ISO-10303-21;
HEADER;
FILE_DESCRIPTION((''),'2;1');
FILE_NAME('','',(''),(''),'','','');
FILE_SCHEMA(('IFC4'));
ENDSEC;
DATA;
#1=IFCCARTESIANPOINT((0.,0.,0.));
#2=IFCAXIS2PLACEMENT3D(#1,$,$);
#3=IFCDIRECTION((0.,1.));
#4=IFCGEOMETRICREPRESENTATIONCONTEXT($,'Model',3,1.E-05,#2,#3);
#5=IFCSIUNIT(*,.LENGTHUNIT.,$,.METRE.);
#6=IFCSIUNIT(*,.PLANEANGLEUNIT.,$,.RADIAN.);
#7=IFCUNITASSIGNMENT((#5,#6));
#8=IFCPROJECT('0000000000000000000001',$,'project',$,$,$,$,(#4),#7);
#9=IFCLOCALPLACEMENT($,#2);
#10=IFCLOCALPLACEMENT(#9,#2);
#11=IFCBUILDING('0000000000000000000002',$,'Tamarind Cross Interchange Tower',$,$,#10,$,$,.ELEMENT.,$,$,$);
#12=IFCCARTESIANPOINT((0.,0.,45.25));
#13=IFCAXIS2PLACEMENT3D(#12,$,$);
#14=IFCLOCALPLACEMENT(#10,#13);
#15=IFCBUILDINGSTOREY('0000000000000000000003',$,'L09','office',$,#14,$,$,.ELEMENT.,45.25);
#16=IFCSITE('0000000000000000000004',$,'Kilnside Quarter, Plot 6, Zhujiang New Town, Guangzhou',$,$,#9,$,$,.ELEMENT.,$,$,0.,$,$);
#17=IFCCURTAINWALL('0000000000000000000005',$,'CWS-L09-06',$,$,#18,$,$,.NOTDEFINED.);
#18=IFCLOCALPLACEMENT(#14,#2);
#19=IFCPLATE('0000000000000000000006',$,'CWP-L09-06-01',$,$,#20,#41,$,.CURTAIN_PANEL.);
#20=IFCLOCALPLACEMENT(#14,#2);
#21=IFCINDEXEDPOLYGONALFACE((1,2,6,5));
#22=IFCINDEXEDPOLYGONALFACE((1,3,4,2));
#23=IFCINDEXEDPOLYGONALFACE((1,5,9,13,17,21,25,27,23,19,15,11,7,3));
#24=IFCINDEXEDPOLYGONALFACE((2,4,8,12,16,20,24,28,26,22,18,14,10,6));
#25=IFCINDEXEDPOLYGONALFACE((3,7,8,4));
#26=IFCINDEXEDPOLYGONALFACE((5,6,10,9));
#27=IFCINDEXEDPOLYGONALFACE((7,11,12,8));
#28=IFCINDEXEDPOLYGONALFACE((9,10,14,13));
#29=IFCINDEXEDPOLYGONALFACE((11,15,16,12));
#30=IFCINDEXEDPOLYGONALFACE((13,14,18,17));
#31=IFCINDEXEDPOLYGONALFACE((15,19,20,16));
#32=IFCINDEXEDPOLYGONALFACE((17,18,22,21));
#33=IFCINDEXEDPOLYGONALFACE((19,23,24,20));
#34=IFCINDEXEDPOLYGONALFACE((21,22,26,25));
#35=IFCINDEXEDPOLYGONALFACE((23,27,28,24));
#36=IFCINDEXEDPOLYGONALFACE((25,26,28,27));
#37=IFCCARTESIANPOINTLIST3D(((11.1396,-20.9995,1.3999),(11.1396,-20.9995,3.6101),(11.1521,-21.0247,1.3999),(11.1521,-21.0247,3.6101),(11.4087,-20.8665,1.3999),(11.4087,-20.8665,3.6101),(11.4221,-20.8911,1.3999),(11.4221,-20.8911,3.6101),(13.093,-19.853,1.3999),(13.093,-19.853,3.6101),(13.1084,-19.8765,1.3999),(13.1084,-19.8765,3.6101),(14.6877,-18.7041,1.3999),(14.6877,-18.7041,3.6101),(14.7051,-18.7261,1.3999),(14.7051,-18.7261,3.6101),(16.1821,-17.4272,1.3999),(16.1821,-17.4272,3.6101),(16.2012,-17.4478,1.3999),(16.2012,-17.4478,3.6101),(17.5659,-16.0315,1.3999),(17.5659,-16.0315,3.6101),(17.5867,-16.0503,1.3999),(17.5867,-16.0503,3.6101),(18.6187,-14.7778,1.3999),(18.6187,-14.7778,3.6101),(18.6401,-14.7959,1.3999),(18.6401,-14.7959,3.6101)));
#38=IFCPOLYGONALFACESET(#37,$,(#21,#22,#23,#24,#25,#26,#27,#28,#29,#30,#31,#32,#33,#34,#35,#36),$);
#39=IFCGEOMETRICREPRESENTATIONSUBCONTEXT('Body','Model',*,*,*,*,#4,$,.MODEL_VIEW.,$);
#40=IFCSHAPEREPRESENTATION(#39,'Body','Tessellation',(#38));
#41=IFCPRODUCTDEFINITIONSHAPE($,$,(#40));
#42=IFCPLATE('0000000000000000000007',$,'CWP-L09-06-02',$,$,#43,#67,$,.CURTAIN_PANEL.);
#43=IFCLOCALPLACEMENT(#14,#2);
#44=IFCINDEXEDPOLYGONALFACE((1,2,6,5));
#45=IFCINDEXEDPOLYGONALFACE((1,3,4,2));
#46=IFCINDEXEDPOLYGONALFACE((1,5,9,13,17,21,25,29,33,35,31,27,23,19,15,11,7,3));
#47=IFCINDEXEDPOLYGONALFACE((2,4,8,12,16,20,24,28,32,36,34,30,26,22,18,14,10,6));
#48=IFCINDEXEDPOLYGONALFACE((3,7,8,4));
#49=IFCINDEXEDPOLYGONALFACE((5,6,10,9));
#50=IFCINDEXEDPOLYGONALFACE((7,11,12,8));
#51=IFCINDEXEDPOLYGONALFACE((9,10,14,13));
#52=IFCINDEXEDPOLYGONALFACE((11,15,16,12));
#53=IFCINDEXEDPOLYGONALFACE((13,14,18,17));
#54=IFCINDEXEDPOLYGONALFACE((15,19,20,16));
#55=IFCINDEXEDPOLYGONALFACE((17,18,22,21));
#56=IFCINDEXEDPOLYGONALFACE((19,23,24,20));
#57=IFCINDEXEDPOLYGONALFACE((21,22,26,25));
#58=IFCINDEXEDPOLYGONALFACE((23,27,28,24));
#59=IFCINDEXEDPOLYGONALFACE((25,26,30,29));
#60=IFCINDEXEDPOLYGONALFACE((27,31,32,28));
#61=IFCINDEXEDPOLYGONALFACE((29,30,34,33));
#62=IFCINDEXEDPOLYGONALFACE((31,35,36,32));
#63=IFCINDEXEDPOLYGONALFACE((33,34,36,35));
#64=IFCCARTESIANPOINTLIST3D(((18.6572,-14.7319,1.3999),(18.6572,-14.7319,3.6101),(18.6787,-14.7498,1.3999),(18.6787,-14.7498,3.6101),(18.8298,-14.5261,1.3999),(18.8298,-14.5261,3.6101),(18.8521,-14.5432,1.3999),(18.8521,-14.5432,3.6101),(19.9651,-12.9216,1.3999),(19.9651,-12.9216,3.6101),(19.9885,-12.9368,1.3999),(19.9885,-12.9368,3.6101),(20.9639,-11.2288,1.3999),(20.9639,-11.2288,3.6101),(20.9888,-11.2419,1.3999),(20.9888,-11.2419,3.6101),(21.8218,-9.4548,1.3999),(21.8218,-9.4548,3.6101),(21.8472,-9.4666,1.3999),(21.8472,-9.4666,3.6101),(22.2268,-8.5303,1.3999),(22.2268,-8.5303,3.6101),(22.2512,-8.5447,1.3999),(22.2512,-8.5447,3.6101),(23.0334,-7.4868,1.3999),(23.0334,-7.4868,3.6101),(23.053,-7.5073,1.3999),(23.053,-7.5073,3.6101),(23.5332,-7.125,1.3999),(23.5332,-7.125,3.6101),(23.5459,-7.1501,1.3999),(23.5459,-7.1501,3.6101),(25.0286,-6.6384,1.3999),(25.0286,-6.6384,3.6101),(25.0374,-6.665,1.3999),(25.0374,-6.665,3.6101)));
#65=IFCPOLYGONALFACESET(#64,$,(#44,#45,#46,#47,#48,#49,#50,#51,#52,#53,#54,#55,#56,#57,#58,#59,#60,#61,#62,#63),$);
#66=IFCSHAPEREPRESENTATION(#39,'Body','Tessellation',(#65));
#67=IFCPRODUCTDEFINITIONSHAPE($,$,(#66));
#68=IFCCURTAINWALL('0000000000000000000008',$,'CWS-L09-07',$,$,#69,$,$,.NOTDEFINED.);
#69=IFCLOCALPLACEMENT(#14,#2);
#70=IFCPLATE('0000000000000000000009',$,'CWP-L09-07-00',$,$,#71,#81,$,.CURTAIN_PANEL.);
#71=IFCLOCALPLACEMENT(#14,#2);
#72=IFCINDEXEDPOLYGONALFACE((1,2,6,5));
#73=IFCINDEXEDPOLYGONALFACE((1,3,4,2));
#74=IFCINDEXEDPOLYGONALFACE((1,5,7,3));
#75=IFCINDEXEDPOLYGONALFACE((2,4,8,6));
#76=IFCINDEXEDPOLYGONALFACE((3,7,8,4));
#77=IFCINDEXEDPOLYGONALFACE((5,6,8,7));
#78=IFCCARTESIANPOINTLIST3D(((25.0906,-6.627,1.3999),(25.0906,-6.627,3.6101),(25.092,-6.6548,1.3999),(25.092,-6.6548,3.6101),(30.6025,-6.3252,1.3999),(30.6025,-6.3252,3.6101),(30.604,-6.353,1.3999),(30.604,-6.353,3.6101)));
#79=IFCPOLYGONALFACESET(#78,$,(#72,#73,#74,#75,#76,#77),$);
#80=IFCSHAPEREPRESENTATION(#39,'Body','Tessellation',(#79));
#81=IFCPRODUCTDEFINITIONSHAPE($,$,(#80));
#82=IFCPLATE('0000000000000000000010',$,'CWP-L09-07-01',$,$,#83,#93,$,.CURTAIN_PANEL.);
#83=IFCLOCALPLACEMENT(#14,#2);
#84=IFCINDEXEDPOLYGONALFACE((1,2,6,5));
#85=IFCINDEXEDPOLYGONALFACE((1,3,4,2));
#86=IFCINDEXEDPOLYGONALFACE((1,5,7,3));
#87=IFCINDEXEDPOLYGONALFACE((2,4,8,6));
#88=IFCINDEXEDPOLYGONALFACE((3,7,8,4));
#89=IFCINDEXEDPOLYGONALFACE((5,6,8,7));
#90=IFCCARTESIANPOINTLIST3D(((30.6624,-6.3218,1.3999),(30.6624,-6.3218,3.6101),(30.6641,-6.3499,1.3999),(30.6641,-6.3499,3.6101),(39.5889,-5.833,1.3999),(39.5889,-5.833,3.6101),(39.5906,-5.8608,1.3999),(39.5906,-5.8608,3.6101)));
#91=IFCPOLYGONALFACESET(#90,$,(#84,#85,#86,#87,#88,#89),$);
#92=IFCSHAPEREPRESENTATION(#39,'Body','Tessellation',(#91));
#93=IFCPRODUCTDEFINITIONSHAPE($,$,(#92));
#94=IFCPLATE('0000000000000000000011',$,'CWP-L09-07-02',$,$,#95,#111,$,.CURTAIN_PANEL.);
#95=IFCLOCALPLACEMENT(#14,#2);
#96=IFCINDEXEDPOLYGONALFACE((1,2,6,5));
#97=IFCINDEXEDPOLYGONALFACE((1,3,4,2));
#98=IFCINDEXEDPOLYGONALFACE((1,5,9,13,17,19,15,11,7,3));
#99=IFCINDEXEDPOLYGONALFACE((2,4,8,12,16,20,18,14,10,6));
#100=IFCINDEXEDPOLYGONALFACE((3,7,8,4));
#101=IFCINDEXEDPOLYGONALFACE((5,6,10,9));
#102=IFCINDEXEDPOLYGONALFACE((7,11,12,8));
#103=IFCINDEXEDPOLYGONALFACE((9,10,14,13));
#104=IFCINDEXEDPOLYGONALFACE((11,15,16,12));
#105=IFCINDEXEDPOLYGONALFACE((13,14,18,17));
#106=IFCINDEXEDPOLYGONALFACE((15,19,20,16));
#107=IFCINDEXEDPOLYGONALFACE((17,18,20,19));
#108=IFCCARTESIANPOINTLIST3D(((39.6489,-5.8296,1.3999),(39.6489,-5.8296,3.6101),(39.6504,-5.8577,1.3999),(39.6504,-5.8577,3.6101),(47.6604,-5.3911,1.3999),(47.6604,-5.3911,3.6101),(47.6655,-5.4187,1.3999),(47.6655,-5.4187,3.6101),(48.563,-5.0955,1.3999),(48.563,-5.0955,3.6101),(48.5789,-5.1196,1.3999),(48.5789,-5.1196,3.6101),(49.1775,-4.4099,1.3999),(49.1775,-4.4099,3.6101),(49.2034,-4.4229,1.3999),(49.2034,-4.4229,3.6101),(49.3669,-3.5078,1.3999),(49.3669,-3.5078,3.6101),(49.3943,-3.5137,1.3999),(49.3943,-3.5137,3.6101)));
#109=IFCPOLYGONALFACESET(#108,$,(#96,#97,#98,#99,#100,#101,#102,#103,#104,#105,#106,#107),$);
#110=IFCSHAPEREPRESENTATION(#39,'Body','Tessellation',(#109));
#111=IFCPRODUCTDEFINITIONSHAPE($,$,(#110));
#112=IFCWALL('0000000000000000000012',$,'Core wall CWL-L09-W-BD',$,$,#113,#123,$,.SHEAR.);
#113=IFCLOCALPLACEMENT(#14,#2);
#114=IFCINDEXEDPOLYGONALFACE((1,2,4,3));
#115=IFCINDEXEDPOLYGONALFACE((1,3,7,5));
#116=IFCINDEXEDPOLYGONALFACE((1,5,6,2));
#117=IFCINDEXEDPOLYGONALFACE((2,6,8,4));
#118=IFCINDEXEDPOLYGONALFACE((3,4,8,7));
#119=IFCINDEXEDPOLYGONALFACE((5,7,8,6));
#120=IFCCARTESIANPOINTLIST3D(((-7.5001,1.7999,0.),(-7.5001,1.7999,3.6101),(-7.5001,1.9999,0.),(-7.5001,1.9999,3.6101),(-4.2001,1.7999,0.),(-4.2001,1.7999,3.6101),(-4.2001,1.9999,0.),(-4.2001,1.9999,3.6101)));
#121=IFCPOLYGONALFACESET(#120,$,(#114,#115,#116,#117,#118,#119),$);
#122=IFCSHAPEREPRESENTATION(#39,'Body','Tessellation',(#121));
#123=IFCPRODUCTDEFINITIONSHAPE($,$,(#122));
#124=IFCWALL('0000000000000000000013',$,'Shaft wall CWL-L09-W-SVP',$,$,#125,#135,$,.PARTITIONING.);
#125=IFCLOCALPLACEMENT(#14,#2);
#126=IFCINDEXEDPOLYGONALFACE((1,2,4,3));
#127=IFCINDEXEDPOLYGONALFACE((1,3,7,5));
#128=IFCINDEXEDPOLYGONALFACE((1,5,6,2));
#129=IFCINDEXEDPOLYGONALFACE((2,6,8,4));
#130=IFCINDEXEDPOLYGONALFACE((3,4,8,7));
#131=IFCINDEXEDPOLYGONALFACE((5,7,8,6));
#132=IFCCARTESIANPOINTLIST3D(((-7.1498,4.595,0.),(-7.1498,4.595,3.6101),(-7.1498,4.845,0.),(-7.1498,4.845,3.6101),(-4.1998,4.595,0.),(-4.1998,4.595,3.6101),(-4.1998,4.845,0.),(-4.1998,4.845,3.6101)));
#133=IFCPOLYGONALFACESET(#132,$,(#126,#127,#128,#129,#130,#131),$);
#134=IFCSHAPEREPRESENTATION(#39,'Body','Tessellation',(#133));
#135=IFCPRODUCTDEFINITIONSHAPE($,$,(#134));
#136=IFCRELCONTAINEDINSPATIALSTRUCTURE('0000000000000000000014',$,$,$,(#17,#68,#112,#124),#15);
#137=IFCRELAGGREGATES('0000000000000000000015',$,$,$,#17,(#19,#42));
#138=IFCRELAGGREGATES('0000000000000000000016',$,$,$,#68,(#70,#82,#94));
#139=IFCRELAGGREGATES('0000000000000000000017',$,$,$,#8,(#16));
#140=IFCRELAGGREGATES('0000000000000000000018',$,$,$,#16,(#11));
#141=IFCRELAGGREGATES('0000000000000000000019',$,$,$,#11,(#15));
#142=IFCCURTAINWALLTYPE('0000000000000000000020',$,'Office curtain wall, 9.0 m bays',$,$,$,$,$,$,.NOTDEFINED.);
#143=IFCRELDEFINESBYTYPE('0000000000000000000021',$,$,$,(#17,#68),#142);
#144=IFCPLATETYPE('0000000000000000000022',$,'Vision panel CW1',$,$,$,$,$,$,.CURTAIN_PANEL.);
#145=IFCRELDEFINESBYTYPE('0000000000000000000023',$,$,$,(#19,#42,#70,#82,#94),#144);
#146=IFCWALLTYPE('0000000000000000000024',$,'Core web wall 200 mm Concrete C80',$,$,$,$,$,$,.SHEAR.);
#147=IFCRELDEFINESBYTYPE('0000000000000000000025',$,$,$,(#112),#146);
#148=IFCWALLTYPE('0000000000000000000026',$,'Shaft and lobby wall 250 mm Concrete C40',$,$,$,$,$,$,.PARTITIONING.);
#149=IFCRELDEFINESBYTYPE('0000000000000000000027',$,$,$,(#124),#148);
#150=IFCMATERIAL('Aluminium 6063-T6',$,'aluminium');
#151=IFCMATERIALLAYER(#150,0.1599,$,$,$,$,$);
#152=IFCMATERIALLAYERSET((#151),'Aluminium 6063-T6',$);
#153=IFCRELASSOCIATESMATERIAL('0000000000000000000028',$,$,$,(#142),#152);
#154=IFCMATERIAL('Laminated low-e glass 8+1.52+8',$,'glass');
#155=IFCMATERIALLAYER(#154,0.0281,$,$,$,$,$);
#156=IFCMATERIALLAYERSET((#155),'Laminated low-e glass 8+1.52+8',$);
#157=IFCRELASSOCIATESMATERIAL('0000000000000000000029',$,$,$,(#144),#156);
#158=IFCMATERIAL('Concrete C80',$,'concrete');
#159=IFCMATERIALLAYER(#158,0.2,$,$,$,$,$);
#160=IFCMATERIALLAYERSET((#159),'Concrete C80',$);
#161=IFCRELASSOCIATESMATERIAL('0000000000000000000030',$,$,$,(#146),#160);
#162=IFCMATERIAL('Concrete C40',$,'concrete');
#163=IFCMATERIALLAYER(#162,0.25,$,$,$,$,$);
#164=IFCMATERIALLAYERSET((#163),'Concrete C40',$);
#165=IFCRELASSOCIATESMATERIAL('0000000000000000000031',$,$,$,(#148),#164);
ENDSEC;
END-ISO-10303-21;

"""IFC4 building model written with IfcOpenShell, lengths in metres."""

from ifc_helpers import new_model, si_unit, direction, frame, frame_2d, origin, place, context, subcontext, project, spatial, polyline, rectangle, outline, extrude, material, layer, layer_set, type_object, element, aggregate, save


model = new_model("IFC4")

# Units and contexts
model_context = context("Model", 3, precision=1e-05, world=origin(), true_north=direction((0.0, 1.0)))
body_context = subcontext(model_context, "Body", "Model", "MODEL_VIEW")
ifc_project = project(units=[si_unit("LENGTHUNIT", "METRE"), si_unit("PLANEANGLEUNIT", "RADIAN")], contexts=[model_context])

# Site, building, storey
site_placement = place(None, origin())
site = spatial("IfcSite", under=ifc_project, at=site_placement, Name="Kilnside Quarter, Plot 6, Zhujiang New Town, Guangzhou", CompositionType="ELEMENT", RefElevation=0.0)
building_placement = place(site_placement, origin())
building = spatial("IfcBuilding", under=site, at=building_placement, Name="Tamarind Cross Interchange Tower", CompositionType="ELEMENT")
storey_placement = place(building_placement, frame((0.0, 0.0, 45.25)))
storey = spatial("IfcBuildingStorey", under=building, at=storey_placement, Name="L09", Description="office", CompositionType="ELEMENT", Elevation=45.25)

# Curtain wall
ifc_material_1 = material(Name="Aluminium 6063-T6", Category="aluminium")
ifc_layer_1 = layer(ifc_material_1, 0.1599)
ifc_layer_set_1 = layer_set([ifc_layer_1], Name="Aluminium 6063-T6")
curtain_wall_type = type_object("IfcCurtainWallType", Name="Office curtain wall, 9.0 m bays", PredefinedType="NOTDEFINED", material=ifc_layer_set_1)
curtain_wall_1_placement = place(storey_placement, origin())
curtain_wall_1 = element("IfcCurtainWall", 1, at=curtain_wall_1_placement, inside=storey, type_object=curtain_wall_type, Name="CWS-L09-06", PredefinedType="NOTDEFINED")

# Plates
ifc_material_2 = material(Name="Laminated low-e glass 8+1.52+8", Category="glass")
ifc_layer_2 = layer(ifc_material_2, 0.0281)
ifc_layer_set_2 = layer_set([ifc_layer_2], Name="Laminated low-e glass 8+1.52+8")
plate_type = type_object("IfcPlateType", Name="Vision panel CW1", PredefinedType="CURTAIN_PANEL", material=ifc_layer_set_2)
plate_1_placement = place(storey_placement, frame((0.0, 0.0, 1.3999)))
plate_1 = element("IfcPlate", 2, at=plate_1_placement, type_object=plate_type, Name="CWP-L09-06-01", PredefinedType="CURTAIN_PANEL", context=body_context, shape_type="SweptSolid", body=[
    extrude(outline(polyline([(11.1396, -20.9995), (11.4087, -20.8665), (13.093, -19.853), (14.6877, -18.7041), (16.1821, -17.4272), (17.5659, -16.0315), (18.6187, -14.7778), (18.6401, -14.7959), (17.5867, -16.0503), (16.2012, -17.4478), (14.7051, -18.7261), (13.1084, -19.8765), (11.4221, -20.8911), (11.1521, -21.0247), (11.1396, -20.9995)])), origin(), (0.0, 0.0, 1.0), 2.2102),
])
plate_2_placement = place(storey_placement, frame((0.0, 0.0, 1.3999)))
plate_2 = element("IfcPlate", 3, at=plate_2_placement, type_object=plate_type, Name="CWP-L09-06-02", PredefinedType="CURTAIN_PANEL", context=body_context, shape_type="SweptSolid", body=[
    extrude(outline(polyline([(18.6572, -14.7319), (18.8298, -14.5261), (19.9651, -12.9216), (20.9639, -11.2288), (21.8218, -9.4548), (22.2268, -8.5303), (23.0334, -7.4868), (23.5332, -7.125), (25.0286, -6.6384), (25.0374, -6.665), (23.5459, -7.1501), (23.053, -7.5073), (22.2512, -8.5447), (21.8472, -9.4666), (20.9888, -11.2419), (19.9885, -12.9368), (18.8521, -14.5432), (18.6787, -14.7498), (18.6572, -14.7319)])), origin(), (0.0, 0.0, 1.0), 2.2102),
])
aggregate(curtain_wall_1, [plate_1, plate_2])

# Curtain wall, plates
curtain_wall_2_placement = place(storey_placement, origin())
curtain_wall_2 = element("IfcCurtainWall", 4, at=curtain_wall_2_placement, inside=storey, type_object=curtain_wall_type, Name="CWS-L09-07", PredefinedType="NOTDEFINED")
plate_3_placement = place(storey_placement, frame((0.0, 0.0, 1.3999)))
plate_3 = element("IfcPlate", 5, at=plate_3_placement, type_object=plate_type, Name="CWP-L09-07-00", PredefinedType="CURTAIN_PANEL", context=body_context, shape_type="SweptSolid", body=[
    extrude(outline(polyline([(25.0906, -6.627), (30.6025, -6.3252), (30.604, -6.353), (25.092, -6.6548), (25.0906, -6.627)])), origin(), (0.0, 0.0, 1.0), 2.2102),
])
plate_4_placement = place(storey_placement, frame((0.0, 0.0, 1.3999)))
plate_4 = element("IfcPlate", 6, at=plate_4_placement, type_object=plate_type, Name="CWP-L09-07-01", PredefinedType="CURTAIN_PANEL", context=body_context, shape_type="SweptSolid", body=[
    extrude(outline(polyline([(30.6624, -6.3218), (39.5889, -5.833), (39.5906, -5.8608), (30.6641, -6.3499), (30.6624, -6.3218)])), origin(), (0.0, 0.0, 1.0), 2.2102),
])
plate_5_placement = place(storey_placement, frame((0.0, 0.0, 1.3999)))
plate_5 = element("IfcPlate", 7, at=plate_5_placement, type_object=plate_type, Name="CWP-L09-07-02", PredefinedType="CURTAIN_PANEL", context=body_context, shape_type="SweptSolid", body=[
    extrude(outline(polyline([(39.6489, -5.8296), (47.6604, -5.3911), (48.563, -5.0955), (49.1775, -4.4099), (49.3669, -3.5078), (49.3943, -3.5137), (49.2034, -4.4229), (48.5789, -5.1196), (47.6655, -5.4187), (39.6504, -5.8577), (39.6489, -5.8296)])), origin(), (0.0, 0.0, 1.0), 2.2102),
])
aggregate(curtain_wall_2, [plate_3, plate_4, plate_5])

# Walls
ifc_material_3 = material(Name="Concrete C80", Category="concrete")
ifc_layer_3 = layer(ifc_material_3, 0.2)
ifc_layer_set_3 = layer_set([ifc_layer_3], Name="Concrete C80")
wall_type_1 = type_object("IfcWallType", Name="Core web wall 200 mm Concrete C80", PredefinedType="SHEAR", material=ifc_layer_set_3)
wall_1_placement = place(storey_placement, frame((-7.5, 1.8999, 0.0), z_axis=(0.0, 0.0, 1.0), x_axis=(1.0, 0.0, 0.0)))
element("IfcWall", 8, at=wall_1_placement, inside=storey, type_object=wall_type_1, Name="Core wall CWL-L09-W-BD", PredefinedType="SHEAR", context=body_context, shape_type="SweptSolid", body=[
    extrude(rectangle(XDim=3.3, YDim=0.2, at=frame_2d((1.6499, 0.0))), origin(), (0.0, 0.0, 1.0), 3.6101),
])
ifc_material_4 = material(Name="Concrete C40", Category="concrete")
ifc_layer_4 = layer(ifc_material_4, 0.25)
ifc_layer_set_4 = layer_set([ifc_layer_4], Name="Concrete C40")
wall_type_2 = type_object("IfcWallType", Name="Shaft and lobby wall 250 mm Concrete C40", PredefinedType="PARTITIONING", material=ifc_layer_set_4)
wall_2_placement = place(storey_placement, frame((-7.1499, 4.72, 0.0), z_axis=(0.0, 0.0, 1.0), x_axis=(1.0, 0.0, 0.0)))
element("IfcWall", 9, at=wall_2_placement, inside=storey, type_object=wall_type_2, Name="Shaft wall CWL-L09-W-SVP", PredefinedType="PARTITIONING", context=body_context, shape_type="SweptSolid", body=[
    extrude(rectangle(XDim=2.95, YDim=0.25, at=frame_2d((1.4751, 0.0))), origin(), (0.0, 0.0, 1.0), 3.6101),
])

save(model, "model.ifc")
